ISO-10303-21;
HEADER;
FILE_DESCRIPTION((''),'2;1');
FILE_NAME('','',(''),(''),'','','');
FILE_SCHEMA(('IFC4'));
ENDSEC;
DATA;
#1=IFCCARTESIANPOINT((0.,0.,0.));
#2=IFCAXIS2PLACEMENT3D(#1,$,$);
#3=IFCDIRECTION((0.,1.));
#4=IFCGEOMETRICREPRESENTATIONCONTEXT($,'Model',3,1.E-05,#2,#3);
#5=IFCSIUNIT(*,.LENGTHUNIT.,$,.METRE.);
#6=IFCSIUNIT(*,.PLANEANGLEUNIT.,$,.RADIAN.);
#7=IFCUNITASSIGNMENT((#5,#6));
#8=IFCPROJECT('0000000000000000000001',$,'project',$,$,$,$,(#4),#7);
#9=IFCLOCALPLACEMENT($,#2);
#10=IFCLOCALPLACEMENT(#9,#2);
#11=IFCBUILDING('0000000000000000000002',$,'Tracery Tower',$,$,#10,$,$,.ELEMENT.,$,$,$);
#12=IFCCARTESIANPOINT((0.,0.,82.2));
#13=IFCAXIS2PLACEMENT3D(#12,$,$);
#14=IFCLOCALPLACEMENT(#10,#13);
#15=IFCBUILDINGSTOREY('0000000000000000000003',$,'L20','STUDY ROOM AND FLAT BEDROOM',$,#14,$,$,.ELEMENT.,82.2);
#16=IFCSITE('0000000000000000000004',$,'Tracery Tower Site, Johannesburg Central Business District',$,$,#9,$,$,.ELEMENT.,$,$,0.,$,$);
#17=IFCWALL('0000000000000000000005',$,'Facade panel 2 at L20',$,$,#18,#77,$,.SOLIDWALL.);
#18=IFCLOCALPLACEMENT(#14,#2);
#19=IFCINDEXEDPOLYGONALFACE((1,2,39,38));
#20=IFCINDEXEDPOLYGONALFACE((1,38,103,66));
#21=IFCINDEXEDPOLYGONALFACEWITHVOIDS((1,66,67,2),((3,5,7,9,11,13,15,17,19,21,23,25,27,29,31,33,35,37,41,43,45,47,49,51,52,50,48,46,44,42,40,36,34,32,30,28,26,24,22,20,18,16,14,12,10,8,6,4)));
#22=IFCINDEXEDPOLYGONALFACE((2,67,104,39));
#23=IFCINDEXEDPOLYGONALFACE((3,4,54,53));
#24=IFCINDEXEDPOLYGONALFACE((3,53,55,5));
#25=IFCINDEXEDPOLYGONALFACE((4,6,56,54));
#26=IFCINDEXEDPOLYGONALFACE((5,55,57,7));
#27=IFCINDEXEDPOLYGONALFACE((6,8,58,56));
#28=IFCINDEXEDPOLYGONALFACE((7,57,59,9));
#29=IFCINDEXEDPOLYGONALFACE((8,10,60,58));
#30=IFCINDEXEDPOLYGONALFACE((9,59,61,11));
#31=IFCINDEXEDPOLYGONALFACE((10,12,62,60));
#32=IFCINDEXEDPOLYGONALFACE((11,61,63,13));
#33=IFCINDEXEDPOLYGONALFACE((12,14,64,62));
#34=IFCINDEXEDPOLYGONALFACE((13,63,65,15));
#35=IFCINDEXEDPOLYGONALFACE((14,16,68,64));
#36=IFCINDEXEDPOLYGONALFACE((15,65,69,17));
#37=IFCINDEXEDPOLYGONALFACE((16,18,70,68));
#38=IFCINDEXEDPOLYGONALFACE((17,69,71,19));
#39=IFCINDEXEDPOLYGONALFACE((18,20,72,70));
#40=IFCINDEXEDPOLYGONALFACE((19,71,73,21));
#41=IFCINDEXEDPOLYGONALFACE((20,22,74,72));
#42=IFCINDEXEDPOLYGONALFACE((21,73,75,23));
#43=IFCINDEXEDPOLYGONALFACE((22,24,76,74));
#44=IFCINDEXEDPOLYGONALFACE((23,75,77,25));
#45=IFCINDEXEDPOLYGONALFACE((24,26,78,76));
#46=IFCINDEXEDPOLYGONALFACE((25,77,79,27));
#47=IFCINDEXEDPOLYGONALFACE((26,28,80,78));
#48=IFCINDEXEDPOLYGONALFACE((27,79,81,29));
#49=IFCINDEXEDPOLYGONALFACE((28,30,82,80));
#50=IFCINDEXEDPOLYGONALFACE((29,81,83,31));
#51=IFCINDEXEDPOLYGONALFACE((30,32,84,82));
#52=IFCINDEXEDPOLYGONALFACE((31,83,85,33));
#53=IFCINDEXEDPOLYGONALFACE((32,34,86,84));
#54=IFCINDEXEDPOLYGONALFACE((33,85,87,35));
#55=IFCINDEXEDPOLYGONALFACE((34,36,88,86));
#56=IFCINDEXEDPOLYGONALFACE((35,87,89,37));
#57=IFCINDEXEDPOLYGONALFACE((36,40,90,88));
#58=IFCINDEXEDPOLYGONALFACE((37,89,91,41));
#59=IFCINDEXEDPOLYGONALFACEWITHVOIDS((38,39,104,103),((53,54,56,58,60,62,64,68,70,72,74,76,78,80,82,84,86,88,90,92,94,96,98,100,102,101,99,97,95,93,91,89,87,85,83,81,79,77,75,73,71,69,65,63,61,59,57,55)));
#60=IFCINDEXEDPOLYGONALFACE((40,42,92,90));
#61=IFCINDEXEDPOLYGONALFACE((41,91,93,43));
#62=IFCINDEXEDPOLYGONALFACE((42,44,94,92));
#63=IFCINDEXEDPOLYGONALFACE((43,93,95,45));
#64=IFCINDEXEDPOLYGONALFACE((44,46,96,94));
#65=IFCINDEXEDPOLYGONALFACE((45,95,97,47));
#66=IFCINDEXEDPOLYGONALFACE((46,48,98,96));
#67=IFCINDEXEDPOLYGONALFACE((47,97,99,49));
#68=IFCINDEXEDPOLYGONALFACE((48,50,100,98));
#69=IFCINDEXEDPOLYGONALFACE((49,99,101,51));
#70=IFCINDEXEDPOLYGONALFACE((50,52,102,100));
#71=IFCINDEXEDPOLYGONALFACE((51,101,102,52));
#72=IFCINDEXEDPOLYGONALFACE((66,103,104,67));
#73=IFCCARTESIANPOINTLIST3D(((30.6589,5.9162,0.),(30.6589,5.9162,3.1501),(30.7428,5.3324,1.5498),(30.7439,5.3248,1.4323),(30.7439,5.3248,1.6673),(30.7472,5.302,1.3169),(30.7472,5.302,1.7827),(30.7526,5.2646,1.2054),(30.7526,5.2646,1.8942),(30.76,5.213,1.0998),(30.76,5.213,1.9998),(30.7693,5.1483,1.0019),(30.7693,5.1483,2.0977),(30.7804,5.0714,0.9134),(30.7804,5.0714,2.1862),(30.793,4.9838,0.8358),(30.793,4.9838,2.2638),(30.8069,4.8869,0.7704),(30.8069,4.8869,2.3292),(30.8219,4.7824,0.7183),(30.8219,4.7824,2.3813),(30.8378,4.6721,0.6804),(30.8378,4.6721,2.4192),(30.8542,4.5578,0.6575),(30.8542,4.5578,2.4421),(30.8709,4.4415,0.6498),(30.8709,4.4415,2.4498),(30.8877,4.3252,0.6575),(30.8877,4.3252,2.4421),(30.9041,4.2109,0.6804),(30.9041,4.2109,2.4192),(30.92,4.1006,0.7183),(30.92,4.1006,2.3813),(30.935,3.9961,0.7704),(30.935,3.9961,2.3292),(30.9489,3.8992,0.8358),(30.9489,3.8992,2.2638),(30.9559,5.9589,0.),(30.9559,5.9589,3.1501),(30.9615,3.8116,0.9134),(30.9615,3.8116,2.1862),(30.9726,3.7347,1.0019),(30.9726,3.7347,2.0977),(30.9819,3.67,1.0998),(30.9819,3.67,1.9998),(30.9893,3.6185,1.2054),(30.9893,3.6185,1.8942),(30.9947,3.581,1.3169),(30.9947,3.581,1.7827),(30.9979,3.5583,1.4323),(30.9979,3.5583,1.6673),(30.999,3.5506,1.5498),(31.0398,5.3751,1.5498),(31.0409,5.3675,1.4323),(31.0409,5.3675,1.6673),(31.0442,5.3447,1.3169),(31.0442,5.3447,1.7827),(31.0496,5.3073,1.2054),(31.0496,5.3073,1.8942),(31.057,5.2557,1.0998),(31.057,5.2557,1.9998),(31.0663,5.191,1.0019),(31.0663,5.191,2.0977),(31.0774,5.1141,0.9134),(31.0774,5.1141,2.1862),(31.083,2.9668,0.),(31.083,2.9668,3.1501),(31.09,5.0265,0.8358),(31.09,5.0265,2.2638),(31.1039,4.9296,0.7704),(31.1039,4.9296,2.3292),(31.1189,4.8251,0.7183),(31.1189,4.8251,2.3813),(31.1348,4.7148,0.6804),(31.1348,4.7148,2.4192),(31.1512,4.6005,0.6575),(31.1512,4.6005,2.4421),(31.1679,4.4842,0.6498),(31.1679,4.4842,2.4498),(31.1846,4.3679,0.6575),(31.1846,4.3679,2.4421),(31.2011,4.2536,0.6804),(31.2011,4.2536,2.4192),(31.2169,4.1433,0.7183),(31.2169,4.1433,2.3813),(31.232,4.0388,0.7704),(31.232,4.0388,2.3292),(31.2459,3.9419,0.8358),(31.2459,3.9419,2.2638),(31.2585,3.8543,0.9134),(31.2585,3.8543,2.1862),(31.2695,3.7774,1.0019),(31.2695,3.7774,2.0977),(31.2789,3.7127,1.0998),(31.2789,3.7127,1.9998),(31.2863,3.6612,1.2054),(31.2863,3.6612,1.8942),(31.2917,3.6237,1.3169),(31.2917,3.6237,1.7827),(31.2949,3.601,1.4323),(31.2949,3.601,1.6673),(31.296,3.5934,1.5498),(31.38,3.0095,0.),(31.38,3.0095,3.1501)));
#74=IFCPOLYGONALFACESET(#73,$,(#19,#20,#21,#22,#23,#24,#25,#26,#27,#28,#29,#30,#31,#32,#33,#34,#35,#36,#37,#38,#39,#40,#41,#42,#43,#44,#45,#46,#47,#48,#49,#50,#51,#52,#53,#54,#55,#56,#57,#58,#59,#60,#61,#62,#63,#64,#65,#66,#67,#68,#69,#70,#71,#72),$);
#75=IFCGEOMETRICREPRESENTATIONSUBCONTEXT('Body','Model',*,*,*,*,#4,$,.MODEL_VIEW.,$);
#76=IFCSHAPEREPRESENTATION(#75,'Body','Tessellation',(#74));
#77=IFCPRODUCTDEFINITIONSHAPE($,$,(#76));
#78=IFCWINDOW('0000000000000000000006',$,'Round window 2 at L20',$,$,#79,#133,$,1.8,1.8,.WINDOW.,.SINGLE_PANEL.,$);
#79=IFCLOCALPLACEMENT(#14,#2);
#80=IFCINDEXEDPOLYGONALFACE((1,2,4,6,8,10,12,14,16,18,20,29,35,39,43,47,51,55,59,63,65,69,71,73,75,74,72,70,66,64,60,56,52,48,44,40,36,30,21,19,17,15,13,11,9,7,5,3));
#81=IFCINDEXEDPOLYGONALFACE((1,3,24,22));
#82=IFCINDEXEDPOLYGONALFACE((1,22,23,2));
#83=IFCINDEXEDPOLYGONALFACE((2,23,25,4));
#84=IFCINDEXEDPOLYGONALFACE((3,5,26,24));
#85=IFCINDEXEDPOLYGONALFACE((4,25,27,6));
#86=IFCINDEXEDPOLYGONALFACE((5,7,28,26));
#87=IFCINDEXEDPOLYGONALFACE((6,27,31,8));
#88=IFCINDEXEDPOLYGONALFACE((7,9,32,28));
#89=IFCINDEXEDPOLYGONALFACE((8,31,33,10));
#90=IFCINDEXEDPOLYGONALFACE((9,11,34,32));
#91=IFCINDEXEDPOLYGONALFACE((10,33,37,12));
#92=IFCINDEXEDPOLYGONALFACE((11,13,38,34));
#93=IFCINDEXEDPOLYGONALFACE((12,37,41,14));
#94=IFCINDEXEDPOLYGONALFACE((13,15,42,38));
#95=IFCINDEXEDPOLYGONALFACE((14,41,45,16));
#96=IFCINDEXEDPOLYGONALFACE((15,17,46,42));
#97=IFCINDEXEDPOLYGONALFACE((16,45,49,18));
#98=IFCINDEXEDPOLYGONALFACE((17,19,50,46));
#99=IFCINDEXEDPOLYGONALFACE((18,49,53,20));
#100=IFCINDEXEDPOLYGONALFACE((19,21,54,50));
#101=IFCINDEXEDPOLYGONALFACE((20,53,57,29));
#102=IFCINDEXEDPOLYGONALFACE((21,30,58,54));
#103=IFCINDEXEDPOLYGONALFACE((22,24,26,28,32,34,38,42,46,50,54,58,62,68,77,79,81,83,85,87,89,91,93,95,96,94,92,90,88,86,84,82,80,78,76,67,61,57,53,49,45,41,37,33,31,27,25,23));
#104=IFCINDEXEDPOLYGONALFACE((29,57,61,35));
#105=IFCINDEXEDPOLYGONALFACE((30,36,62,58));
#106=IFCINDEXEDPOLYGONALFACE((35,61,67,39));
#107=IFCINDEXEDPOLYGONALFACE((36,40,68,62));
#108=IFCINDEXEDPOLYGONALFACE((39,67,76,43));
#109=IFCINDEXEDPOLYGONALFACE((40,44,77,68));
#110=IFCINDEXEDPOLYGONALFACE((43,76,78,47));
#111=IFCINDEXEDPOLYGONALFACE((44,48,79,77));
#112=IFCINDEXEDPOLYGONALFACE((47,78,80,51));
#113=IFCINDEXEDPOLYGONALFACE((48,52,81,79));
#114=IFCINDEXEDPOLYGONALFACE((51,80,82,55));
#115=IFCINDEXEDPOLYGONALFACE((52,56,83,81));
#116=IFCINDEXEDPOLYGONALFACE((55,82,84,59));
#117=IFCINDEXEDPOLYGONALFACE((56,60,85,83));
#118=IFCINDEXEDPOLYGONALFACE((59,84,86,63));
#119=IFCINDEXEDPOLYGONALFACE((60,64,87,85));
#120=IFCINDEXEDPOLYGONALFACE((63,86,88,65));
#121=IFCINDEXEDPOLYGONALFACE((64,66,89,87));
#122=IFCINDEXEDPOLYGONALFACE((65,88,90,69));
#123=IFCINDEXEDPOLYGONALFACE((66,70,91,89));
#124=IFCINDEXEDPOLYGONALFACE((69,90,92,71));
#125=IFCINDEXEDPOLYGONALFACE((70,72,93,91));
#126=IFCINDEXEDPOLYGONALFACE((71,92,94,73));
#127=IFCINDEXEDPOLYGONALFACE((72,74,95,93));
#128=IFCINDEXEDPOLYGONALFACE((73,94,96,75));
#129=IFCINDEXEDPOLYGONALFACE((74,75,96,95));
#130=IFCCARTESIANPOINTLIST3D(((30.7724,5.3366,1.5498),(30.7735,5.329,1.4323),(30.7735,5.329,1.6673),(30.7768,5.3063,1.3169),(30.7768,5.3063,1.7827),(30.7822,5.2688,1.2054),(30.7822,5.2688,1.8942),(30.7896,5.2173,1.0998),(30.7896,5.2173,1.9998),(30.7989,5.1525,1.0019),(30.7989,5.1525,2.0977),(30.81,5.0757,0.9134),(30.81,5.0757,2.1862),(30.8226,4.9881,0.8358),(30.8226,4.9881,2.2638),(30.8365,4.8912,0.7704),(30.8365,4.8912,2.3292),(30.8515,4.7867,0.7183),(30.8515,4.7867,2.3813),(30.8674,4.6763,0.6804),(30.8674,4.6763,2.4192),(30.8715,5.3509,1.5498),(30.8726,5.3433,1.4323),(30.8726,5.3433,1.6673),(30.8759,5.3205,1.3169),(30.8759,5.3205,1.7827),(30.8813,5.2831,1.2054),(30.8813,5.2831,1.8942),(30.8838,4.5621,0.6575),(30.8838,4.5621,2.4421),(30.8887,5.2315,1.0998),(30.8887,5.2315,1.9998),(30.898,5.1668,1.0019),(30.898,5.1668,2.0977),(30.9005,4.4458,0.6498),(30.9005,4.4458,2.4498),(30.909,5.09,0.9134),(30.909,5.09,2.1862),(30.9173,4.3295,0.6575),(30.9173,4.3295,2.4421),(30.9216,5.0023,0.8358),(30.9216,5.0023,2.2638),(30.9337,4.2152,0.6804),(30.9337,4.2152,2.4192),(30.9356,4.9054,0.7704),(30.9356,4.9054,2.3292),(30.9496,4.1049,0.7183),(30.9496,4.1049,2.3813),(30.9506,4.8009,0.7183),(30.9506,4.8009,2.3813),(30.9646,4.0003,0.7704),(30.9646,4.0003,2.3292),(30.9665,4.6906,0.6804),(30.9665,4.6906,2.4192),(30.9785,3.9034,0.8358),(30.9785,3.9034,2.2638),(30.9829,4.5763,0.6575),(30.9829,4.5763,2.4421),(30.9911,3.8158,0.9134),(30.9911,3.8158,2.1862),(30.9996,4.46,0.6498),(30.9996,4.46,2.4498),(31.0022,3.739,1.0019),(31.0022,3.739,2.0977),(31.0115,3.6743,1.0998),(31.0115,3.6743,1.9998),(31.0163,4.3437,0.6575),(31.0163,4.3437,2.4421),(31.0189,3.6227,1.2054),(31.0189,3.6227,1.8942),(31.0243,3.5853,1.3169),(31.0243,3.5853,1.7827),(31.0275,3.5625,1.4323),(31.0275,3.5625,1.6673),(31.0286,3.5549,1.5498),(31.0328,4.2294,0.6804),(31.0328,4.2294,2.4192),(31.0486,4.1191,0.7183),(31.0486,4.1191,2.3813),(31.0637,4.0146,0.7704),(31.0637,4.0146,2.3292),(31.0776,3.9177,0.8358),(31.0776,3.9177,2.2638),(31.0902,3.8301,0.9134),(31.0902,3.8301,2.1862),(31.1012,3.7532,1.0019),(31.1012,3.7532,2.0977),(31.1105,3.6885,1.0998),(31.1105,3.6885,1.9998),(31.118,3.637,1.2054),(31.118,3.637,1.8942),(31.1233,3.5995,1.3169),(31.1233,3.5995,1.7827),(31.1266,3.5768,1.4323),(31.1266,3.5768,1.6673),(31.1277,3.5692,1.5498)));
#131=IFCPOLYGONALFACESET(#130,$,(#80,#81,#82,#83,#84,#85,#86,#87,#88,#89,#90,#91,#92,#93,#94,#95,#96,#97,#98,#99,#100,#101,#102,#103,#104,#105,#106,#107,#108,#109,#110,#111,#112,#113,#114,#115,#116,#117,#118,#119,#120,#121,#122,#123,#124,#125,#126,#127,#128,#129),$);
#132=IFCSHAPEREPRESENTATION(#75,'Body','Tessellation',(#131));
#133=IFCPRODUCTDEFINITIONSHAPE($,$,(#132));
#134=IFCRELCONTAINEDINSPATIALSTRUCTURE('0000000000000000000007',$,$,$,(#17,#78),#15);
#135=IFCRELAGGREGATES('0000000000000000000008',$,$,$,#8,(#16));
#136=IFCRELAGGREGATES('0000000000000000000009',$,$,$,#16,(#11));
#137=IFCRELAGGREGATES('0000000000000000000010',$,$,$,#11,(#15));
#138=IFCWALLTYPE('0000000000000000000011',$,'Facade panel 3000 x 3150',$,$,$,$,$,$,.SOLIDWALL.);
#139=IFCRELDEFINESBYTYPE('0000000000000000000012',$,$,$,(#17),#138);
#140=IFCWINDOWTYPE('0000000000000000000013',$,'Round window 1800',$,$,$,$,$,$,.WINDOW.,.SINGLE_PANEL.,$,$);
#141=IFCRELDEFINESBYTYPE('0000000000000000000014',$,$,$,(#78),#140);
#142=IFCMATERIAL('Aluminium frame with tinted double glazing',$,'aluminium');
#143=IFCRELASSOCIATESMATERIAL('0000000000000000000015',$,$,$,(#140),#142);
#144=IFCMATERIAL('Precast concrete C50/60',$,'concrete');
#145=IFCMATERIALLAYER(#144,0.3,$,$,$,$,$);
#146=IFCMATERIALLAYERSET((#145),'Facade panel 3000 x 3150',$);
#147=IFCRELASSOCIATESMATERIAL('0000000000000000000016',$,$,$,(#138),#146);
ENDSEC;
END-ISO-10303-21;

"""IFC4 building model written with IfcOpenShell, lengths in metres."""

from ifc_helpers import new_model, si_unit, direction, frame, frame_2d, origin, origin_2d, place, context, subcontext, project, spatial, rectangle, circle, extrude, material, layer, layer_set, type_object, element, fill, save


model = new_model("IFC4")

# Units and contexts
model_context = context("Model", 3, precision=1e-05, world=origin(), true_north=direction((0.0, 1.0)))
body_context = subcontext(model_context, "Body", "Model", "MODEL_VIEW")
ifc_project = project(units=[si_unit("LENGTHUNIT", "METRE"), si_unit("PLANEANGLEUNIT", "RADIAN")], contexts=[model_context])

# Site, building, storey
site_placement = place(None, origin())
site = spatial("IfcSite", under=ifc_project, at=site_placement, Name="Tracery Tower Site, Johannesburg Central Business District", CompositionType="ELEMENT", RefElevation=0.0)
building_placement = place(site_placement, origin())
building = spatial("IfcBuilding", under=site, at=building_placement, Name="Tracery Tower", CompositionType="ELEMENT")
storey_placement = place(building_placement, frame((0.0, 0.0, 82.2)))
storey = spatial("IfcBuildingStorey", under=building, at=storey_placement, Name="L20", Description="STUDY ROOM AND FLAT BEDROOM", CompositionType="ELEMENT", Elevation=82.2)

# Wall, opening, window
ifc_material_1 = material(Name="Aluminium frame with tinted double glazing", Category="aluminium")
window_type = type_object("IfcWindowType", Name="Round window 1800", PartitioningType="SINGLE_PANEL", PredefinedType="WINDOW", material=ifc_material_1)
ifc_material_2 = material(Name="Precast concrete C50/60", Category="concrete")
ifc_layer_1 = layer(ifc_material_2, 0.3)
ifc_layer_set_1 = layer_set([ifc_layer_1], Name="Facade panel 3000 x 3150")
wall_type_1 = type_object("IfcWallType", Name="Facade panel 3000 x 3150", PredefinedType="SOLIDWALL", material=ifc_layer_set_1)
wall_1_placement = place(storey_placement, frame((31.2314, 2.9883, 0.0), z_axis=(0.0, 0.0, 1.0), x_axis=(-0.142316, 0.989821, 0.0)))
wall_1 = element("IfcWall", 1, at=wall_1_placement, inside=storey, type_object=wall_type_1, Name="Facade panel 2 at L20", PredefinedType="SOLIDWALL", context=body_context, shape_type="SweptSolid", body=[
    extrude(rectangle(XDim=2.9797, YDim=0.3, at=frame_2d((1.4897, 0.0))), origin(), (0.0, 0.0, 1.0), 3.1501),
])
opening_1_placement = place(wall_1_placement, frame((1.4897, 0.0, 1.5498)))
opening_1 = element("IfcOpeningElement", 2, at=opening_1_placement, cuts=wall_1, PredefinedType="OPENING", context=body_context, shape_type="SweptSolid", body=[
    extrude(circle(Radius=0.9, at=origin_2d()), frame((0.0, 0.1599, 0.0), z_axis=(0.0, -1.0, 0.0), x_axis=(1.0, 0.0, 0.0)), (0.0, 0.0, 1.0), 0.3201),
])
window_1_placement = place(opening_1_placement, origin())
window_1 = element("IfcWindow", 3, at=window_1_placement, inside=storey, type_object=window_type, Name="Round window 2 at L20", OverallHeight=1.8, OverallWidth=1.8, PartitioningType="SINGLE_PANEL", PredefinedType="WINDOW", context=body_context, shape_type="SweptSolid", body=[
    extrude(circle(Radius=0.9, at=origin_2d()), frame((0.0, 0.1201, 0.0), z_axis=(0.0, -1.0, 0.0), x_axis=(1.0, 0.0, 0.0)), (0.0, 0.0, 1.0), 0.1001),
])
fill(opening_1, window_1)

save(model, "model.ifc")
